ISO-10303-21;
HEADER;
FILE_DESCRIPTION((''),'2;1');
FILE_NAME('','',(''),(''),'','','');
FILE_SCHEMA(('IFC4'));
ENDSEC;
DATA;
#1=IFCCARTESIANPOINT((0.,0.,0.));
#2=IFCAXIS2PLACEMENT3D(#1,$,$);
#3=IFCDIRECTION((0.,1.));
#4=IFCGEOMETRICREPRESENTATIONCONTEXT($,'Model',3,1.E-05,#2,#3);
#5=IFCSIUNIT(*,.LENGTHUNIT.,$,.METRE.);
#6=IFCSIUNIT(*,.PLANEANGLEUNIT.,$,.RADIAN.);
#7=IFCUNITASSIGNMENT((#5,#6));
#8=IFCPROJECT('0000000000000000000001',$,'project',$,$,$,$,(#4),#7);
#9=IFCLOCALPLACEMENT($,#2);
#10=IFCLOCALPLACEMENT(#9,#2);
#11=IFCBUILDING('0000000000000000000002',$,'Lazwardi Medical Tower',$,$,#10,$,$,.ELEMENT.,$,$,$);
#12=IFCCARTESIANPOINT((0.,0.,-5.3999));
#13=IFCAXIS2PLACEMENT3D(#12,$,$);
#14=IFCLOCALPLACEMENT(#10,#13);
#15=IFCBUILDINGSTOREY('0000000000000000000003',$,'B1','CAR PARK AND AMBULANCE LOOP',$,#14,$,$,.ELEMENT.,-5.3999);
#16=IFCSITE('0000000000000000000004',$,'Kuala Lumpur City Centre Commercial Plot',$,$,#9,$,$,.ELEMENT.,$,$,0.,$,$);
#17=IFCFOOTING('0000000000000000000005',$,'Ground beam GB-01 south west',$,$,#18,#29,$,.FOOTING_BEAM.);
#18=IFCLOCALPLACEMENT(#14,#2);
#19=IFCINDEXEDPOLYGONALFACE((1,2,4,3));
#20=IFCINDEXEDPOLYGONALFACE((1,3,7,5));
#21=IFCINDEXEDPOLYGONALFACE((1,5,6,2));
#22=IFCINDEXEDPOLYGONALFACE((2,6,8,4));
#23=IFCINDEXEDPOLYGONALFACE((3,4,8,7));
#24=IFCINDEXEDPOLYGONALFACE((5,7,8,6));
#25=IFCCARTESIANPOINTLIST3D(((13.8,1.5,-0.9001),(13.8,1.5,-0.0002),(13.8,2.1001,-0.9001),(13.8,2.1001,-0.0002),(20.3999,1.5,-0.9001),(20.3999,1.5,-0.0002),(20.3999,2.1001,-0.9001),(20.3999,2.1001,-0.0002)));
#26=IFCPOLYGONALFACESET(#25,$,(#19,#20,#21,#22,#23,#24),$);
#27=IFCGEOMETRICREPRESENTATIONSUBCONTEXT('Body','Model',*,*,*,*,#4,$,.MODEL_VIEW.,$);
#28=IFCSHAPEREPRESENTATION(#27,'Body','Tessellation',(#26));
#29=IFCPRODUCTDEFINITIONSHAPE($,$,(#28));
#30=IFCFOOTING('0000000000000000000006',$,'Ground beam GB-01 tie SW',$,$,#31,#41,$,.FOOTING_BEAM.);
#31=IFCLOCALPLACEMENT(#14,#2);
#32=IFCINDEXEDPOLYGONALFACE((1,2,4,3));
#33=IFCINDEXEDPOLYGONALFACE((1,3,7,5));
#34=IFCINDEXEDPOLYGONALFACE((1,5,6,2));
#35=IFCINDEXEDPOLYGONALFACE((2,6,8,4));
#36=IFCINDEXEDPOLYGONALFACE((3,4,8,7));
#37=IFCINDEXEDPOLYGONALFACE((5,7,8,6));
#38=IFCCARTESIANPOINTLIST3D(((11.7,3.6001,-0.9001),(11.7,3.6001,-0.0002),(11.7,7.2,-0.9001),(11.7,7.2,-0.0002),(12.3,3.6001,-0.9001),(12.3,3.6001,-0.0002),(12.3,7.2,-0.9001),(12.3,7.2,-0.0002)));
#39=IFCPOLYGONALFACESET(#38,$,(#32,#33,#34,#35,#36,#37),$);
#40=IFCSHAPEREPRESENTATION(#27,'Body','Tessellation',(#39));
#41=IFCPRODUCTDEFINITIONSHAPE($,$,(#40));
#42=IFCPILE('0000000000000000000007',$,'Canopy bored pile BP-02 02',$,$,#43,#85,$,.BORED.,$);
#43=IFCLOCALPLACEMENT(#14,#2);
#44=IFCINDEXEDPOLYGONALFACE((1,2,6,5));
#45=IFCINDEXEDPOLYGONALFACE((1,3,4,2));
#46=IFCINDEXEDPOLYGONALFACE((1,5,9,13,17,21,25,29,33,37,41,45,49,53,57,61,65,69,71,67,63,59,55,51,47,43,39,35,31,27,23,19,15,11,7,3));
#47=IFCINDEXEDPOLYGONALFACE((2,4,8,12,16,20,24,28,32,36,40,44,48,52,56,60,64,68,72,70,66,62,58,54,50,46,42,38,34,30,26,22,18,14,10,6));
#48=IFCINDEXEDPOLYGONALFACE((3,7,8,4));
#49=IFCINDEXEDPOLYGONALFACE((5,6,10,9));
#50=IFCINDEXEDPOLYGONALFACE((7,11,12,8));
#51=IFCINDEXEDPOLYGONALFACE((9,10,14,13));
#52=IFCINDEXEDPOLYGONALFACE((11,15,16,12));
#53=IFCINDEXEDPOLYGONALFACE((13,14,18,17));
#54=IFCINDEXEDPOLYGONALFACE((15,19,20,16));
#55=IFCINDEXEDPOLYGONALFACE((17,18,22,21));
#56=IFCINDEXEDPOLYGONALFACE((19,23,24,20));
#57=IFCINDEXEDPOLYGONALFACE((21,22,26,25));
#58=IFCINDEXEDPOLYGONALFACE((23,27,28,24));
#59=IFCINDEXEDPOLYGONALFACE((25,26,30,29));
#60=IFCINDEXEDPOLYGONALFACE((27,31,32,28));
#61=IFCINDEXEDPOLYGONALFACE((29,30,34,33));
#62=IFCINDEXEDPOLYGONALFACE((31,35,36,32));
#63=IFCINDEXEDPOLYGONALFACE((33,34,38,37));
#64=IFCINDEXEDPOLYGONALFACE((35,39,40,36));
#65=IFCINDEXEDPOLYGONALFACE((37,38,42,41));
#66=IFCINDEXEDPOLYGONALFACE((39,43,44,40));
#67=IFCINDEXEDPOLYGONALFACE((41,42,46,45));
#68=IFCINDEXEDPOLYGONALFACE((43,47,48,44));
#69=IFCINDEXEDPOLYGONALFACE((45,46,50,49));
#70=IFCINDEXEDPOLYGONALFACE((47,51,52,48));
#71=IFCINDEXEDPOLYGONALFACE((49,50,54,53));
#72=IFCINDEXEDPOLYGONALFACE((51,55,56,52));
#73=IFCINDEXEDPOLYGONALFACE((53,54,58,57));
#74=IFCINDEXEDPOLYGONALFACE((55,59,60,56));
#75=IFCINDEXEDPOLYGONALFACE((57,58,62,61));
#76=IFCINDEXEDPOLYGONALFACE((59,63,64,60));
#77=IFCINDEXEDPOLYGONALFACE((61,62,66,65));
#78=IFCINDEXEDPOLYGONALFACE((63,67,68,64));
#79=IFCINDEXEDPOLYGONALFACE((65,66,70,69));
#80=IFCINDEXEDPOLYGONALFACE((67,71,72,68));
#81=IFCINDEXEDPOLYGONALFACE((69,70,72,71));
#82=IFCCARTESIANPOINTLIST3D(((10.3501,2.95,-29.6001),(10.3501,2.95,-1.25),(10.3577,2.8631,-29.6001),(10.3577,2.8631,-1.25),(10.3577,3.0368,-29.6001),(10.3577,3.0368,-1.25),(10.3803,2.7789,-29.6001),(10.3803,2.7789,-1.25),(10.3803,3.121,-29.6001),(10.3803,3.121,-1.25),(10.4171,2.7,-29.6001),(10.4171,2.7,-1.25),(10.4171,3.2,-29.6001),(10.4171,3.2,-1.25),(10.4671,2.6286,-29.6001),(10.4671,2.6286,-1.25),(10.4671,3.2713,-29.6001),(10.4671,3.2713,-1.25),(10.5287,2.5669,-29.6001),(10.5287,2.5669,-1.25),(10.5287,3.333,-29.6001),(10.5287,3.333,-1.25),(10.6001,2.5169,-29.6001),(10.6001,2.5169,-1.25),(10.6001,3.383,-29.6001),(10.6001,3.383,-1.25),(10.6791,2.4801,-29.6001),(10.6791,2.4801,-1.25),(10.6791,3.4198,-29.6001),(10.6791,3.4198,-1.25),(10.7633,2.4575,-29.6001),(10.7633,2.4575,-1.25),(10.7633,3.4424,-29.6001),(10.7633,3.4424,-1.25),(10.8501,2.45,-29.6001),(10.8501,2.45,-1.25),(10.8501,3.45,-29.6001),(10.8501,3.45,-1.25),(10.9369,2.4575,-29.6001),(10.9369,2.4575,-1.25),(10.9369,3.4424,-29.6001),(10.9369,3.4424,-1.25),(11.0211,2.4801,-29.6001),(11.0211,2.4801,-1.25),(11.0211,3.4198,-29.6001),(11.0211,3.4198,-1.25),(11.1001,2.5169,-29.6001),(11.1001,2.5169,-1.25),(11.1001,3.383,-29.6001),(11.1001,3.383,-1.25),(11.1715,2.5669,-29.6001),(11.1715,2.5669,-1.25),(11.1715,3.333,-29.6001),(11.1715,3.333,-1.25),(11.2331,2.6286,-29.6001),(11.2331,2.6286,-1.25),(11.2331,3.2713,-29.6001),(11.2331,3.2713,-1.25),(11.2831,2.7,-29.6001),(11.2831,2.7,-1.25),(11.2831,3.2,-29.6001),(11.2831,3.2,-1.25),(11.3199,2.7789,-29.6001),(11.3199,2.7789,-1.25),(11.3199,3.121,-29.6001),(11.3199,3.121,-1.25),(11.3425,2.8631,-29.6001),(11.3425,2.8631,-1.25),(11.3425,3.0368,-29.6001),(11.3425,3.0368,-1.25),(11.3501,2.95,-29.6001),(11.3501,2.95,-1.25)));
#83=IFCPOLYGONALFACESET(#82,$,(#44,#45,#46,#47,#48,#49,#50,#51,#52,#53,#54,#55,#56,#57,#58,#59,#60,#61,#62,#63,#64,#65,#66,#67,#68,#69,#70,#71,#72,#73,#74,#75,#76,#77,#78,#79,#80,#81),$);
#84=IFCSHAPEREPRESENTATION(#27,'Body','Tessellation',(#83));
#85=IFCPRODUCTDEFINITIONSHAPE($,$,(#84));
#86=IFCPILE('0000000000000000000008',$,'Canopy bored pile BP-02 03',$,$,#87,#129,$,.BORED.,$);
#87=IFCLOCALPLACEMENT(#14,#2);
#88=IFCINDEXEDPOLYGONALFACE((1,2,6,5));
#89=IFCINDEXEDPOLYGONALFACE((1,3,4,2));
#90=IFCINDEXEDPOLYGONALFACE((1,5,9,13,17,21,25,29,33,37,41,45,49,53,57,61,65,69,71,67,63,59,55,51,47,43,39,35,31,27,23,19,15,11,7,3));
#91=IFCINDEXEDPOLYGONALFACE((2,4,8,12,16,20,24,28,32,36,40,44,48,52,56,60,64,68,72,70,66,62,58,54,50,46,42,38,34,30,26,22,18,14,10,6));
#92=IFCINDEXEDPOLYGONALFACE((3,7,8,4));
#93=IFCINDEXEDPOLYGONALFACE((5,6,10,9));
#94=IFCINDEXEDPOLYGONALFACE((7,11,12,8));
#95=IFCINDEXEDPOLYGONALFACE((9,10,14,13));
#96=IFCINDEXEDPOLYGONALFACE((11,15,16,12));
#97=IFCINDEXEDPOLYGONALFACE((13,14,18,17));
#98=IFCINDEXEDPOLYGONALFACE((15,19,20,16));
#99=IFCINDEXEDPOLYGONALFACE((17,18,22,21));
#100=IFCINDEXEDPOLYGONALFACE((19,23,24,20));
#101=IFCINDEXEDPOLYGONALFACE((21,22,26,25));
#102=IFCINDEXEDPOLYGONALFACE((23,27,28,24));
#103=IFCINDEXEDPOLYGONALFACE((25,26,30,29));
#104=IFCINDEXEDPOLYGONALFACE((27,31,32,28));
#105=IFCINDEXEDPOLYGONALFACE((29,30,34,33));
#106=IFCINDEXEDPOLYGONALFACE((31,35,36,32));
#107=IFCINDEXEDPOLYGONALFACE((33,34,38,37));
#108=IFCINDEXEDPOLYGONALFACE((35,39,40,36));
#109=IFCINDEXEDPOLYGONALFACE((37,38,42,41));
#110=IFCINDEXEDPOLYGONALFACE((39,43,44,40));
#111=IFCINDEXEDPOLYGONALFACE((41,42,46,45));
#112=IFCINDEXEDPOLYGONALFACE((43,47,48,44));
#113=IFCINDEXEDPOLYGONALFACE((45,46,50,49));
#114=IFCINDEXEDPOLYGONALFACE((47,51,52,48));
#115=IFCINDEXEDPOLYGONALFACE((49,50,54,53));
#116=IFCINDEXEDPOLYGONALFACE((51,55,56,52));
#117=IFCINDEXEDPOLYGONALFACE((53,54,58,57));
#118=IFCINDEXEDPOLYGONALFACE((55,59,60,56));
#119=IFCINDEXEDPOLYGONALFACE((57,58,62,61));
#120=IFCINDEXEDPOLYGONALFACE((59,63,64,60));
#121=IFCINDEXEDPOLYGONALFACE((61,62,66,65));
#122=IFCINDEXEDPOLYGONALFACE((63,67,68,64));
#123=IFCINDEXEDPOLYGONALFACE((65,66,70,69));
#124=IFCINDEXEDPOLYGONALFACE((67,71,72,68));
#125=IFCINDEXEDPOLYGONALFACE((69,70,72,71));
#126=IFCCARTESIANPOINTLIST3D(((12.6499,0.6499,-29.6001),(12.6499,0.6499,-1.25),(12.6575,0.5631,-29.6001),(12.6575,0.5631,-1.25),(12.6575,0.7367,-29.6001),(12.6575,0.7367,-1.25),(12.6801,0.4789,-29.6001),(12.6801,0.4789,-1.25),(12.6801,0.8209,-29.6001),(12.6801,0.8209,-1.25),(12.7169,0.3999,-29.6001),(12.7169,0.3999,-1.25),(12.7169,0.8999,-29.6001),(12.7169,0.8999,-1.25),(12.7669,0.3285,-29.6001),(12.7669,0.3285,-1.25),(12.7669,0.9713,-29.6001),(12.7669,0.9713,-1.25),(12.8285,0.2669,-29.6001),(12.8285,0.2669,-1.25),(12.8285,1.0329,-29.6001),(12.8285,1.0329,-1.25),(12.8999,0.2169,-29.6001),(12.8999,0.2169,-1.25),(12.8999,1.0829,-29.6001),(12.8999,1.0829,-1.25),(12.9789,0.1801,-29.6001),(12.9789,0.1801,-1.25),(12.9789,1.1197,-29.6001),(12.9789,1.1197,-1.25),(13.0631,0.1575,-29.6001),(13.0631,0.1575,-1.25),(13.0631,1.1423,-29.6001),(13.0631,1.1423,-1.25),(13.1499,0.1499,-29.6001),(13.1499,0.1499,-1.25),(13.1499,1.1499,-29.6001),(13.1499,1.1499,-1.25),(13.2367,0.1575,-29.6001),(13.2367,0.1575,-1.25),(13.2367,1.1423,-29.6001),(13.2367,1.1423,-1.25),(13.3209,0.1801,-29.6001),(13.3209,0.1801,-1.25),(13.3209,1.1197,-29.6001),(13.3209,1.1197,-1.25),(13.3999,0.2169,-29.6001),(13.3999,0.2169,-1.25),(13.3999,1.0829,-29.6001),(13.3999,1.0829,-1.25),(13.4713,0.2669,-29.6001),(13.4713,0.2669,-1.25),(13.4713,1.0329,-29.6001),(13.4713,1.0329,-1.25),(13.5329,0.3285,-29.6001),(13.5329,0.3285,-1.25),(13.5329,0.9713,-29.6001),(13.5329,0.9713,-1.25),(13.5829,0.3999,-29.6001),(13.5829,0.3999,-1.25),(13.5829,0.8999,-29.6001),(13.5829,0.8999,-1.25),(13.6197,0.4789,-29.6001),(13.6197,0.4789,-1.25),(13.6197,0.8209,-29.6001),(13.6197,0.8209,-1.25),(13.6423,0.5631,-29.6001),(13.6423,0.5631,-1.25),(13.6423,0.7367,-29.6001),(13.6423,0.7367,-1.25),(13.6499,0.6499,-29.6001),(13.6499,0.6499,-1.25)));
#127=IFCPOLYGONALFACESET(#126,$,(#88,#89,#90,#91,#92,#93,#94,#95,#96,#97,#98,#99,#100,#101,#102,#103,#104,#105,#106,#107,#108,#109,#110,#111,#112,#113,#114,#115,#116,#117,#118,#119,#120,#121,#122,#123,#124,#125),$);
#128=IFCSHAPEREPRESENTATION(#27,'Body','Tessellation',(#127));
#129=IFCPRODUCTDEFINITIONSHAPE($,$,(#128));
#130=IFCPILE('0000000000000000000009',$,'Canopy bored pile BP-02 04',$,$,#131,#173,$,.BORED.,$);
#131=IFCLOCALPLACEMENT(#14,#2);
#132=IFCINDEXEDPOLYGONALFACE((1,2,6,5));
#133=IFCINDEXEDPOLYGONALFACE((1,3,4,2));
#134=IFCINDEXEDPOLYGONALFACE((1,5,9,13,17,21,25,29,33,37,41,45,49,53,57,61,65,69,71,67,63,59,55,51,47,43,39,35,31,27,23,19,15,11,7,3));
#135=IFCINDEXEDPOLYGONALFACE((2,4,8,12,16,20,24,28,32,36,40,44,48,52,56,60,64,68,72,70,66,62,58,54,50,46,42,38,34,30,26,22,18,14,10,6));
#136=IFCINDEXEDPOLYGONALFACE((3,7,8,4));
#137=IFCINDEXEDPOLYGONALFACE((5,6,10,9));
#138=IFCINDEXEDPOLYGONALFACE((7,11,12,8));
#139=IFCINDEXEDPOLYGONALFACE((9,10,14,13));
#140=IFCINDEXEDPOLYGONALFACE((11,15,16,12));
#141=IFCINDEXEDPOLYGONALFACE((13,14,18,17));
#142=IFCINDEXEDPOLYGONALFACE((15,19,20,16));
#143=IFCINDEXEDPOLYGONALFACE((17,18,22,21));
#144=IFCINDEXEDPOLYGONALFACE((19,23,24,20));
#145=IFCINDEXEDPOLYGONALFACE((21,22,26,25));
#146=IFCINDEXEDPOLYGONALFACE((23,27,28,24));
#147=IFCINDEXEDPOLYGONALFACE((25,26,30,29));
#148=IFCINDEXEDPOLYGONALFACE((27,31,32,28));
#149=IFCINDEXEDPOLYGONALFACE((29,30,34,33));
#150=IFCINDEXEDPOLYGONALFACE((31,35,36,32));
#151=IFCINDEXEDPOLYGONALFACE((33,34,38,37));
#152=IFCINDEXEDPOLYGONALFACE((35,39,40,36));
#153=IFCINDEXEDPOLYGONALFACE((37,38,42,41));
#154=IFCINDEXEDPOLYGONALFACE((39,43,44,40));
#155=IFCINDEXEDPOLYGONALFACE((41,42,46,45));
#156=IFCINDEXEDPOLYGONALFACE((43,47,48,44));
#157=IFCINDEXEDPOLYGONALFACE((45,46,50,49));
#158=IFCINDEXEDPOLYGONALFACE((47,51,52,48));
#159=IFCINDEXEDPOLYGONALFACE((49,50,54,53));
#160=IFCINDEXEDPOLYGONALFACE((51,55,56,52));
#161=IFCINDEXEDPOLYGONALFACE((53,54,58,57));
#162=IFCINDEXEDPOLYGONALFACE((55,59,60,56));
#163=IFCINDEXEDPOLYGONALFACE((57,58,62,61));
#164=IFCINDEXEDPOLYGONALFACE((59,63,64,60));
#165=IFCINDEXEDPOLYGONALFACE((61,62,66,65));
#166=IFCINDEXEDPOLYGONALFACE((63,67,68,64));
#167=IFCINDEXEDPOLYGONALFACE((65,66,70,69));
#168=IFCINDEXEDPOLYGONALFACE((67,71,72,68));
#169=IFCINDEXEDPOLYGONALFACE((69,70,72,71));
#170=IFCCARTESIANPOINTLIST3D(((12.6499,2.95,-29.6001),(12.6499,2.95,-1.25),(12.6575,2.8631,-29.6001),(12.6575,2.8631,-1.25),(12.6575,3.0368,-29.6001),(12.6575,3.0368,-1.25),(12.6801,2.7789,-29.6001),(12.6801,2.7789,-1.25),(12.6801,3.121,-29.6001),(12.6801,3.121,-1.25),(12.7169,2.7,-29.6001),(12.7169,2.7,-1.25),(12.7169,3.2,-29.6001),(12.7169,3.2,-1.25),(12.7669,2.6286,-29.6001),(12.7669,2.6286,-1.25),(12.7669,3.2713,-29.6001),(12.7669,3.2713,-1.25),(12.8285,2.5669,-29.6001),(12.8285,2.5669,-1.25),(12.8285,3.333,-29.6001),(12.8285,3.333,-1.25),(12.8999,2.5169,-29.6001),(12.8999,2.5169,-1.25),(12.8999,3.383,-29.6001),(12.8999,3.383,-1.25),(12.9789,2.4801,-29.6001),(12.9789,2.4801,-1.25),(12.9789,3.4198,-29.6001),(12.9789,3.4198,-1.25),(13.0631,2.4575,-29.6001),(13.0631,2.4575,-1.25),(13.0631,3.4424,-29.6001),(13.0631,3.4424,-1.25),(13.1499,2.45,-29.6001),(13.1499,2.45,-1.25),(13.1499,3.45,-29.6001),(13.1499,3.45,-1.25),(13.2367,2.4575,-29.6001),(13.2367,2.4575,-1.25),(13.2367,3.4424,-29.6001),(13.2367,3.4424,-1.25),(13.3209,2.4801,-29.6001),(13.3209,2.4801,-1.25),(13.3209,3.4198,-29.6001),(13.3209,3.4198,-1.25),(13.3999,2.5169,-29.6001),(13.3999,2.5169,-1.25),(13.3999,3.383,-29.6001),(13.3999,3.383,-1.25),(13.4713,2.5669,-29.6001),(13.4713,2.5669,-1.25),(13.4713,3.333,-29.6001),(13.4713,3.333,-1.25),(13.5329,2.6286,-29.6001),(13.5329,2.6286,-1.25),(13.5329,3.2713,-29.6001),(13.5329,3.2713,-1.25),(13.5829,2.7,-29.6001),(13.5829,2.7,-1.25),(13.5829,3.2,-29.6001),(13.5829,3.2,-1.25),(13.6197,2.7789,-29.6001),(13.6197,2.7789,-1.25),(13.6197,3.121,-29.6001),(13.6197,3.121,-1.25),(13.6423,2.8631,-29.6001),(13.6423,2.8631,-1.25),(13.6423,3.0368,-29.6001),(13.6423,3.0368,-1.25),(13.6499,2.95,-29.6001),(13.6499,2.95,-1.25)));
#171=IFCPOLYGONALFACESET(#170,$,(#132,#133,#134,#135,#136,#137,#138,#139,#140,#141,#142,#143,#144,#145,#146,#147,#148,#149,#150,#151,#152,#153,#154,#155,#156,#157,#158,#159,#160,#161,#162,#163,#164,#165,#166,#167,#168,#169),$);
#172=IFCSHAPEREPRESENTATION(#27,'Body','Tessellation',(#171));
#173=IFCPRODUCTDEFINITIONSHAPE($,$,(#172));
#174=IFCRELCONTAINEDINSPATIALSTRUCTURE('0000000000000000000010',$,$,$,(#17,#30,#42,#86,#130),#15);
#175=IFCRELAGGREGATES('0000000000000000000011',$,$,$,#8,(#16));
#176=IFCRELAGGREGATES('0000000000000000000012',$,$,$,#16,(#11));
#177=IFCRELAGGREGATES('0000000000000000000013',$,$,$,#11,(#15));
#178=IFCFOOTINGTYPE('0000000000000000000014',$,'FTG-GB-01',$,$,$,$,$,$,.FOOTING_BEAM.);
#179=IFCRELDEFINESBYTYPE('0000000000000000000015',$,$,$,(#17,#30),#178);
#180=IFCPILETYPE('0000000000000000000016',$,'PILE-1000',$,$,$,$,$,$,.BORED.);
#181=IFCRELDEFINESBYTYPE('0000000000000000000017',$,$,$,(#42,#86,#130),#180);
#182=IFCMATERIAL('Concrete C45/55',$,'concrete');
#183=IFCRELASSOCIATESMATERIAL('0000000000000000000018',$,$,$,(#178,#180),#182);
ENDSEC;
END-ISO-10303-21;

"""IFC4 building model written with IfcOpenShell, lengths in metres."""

from ifc_helpers import new_model, si_unit, direction, frame, origin, origin_2d, place, context, subcontext, project, spatial, rectangle, circle, extrude, material, material_profile, profile_set, type_object, element, save


model = new_model("IFC4")

# Units and contexts
model_context = context("Model", 3, precision=1e-05, world=origin(), true_north=direction((0.0, 1.0)))
body_context = subcontext(model_context, "Body", "Model", "MODEL_VIEW")
ifc_project = project(units=[si_unit("LENGTHUNIT", "METRE"), si_unit("PLANEANGLEUNIT", "RADIAN")], contexts=[model_context])

# Site, building, storey
site_placement = place(None, origin())
site = spatial("IfcSite", under=ifc_project, at=site_placement, Name="Kuala Lumpur City Centre Commercial Plot", CompositionType="ELEMENT", RefElevation=0.0)
building_placement = place(site_placement, origin())
building = spatial("IfcBuilding", under=site, at=building_placement, Name="Lazwardi Medical Tower", CompositionType="ELEMENT")
storey_placement = place(building_placement, frame((0.0, 0.0, -5.3999)))
storey = spatial("IfcBuildingStorey", under=building, at=storey_placement, Name="B1", Description="CAR PARK AND AMBULANCE LOOP", CompositionType="ELEMENT", Elevation=-5.3999)

# Footings
ifc_material_1 = material(Name="Concrete C45/55", Category="concrete")
ifc_material_profile_1 = material_profile(ifc_material_1, rectangle(XDim=0.6001, YDim=0.8999, at=origin_2d()), Name="RC-GB 600x900")
ifc_profile_set_1 = profile_set([ifc_material_profile_1], Name="Concrete C45/55")
footing_type = type_object("IfcFootingType", Name="FTG-GB-01", PredefinedType="FOOTING_BEAM", material=ifc_profile_set_1)
footing_1_placement = place(storey_placement, frame((13.8, 1.8, -0.4502), z_axis=(1.0, 0.0, 0.0), x_axis=(0.0, 1.0, 0.0)))
element("IfcFooting", 1, at=footing_1_placement, inside=storey, type_object=footing_type, Name="Ground beam GB-01 south west", PredefinedType="FOOTING_BEAM", context=body_context, shape_type="SweptSolid", body=[
    extrude(rectangle(XDim=0.6001, YDim=0.8999, at=origin_2d()), origin(), (0.0, 0.0, 1.0), 6.5999),
])
footing_2_placement = place(storey_placement, frame((12.0, 3.6001, -0.4502), z_axis=(0.0, 1.0, 0.0), x_axis=(-1.0, 0.0, 0.0)))
element("IfcFooting", 2, at=footing_2_placement, inside=storey, type_object=footing_type, Name="Ground beam GB-01 tie SW", PredefinedType="FOOTING_BEAM", context=body_context, shape_type="SweptSolid", body=[
    extrude(rectangle(XDim=0.6001, YDim=0.8999, at=origin_2d()), origin(), (0.0, 0.0, 1.0), 3.5999),
])

# Piles
ifc_material_profile_2 = material_profile(ifc_material_1, circle(Radius=0.5, at=origin_2d()), Name="BORED PILE D1000")
ifc_profile_set_2 = profile_set([ifc_material_profile_2], Name="Concrete C45/55")
pile_type_1 = type_object("IfcPileType", Name="PILE-1000", PredefinedType="BORED", material=ifc_profile_set_2)
for number, where, z_axis, x_axis, name in (
    (3, (10.8501, 2.95, -1.25), (0.0, 0.0, -1.0), (1.0, 0.0, 0.0), "Canopy bored pile BP-02 02"),
    (4, (13.1499, 0.6499, -1.25), (0.0, 0.0, -1.0), (1.0, 0.0, 0.0), "Canopy bored pile BP-02 03"),
    (5, (13.1499, 2.95, -1.25), (0.0, 0.0, -1.0), (1.0, 0.0, 0.0), "Canopy bored pile BP-02 04"),
):
    element("IfcPile", number, at=place(storey_placement, frame(where, z_axis=z_axis, x_axis=x_axis)), inside=storey, type_object=pile_type_1, Name=name, PredefinedType="BORED", context=body_context, shape_type="SweptSolid", body=[
        extrude(circle(Radius=0.5, at=origin_2d()), origin(), (0.0, 0.0, 1.0), 28.3501),
    ])

save(model, "model.ifc")
